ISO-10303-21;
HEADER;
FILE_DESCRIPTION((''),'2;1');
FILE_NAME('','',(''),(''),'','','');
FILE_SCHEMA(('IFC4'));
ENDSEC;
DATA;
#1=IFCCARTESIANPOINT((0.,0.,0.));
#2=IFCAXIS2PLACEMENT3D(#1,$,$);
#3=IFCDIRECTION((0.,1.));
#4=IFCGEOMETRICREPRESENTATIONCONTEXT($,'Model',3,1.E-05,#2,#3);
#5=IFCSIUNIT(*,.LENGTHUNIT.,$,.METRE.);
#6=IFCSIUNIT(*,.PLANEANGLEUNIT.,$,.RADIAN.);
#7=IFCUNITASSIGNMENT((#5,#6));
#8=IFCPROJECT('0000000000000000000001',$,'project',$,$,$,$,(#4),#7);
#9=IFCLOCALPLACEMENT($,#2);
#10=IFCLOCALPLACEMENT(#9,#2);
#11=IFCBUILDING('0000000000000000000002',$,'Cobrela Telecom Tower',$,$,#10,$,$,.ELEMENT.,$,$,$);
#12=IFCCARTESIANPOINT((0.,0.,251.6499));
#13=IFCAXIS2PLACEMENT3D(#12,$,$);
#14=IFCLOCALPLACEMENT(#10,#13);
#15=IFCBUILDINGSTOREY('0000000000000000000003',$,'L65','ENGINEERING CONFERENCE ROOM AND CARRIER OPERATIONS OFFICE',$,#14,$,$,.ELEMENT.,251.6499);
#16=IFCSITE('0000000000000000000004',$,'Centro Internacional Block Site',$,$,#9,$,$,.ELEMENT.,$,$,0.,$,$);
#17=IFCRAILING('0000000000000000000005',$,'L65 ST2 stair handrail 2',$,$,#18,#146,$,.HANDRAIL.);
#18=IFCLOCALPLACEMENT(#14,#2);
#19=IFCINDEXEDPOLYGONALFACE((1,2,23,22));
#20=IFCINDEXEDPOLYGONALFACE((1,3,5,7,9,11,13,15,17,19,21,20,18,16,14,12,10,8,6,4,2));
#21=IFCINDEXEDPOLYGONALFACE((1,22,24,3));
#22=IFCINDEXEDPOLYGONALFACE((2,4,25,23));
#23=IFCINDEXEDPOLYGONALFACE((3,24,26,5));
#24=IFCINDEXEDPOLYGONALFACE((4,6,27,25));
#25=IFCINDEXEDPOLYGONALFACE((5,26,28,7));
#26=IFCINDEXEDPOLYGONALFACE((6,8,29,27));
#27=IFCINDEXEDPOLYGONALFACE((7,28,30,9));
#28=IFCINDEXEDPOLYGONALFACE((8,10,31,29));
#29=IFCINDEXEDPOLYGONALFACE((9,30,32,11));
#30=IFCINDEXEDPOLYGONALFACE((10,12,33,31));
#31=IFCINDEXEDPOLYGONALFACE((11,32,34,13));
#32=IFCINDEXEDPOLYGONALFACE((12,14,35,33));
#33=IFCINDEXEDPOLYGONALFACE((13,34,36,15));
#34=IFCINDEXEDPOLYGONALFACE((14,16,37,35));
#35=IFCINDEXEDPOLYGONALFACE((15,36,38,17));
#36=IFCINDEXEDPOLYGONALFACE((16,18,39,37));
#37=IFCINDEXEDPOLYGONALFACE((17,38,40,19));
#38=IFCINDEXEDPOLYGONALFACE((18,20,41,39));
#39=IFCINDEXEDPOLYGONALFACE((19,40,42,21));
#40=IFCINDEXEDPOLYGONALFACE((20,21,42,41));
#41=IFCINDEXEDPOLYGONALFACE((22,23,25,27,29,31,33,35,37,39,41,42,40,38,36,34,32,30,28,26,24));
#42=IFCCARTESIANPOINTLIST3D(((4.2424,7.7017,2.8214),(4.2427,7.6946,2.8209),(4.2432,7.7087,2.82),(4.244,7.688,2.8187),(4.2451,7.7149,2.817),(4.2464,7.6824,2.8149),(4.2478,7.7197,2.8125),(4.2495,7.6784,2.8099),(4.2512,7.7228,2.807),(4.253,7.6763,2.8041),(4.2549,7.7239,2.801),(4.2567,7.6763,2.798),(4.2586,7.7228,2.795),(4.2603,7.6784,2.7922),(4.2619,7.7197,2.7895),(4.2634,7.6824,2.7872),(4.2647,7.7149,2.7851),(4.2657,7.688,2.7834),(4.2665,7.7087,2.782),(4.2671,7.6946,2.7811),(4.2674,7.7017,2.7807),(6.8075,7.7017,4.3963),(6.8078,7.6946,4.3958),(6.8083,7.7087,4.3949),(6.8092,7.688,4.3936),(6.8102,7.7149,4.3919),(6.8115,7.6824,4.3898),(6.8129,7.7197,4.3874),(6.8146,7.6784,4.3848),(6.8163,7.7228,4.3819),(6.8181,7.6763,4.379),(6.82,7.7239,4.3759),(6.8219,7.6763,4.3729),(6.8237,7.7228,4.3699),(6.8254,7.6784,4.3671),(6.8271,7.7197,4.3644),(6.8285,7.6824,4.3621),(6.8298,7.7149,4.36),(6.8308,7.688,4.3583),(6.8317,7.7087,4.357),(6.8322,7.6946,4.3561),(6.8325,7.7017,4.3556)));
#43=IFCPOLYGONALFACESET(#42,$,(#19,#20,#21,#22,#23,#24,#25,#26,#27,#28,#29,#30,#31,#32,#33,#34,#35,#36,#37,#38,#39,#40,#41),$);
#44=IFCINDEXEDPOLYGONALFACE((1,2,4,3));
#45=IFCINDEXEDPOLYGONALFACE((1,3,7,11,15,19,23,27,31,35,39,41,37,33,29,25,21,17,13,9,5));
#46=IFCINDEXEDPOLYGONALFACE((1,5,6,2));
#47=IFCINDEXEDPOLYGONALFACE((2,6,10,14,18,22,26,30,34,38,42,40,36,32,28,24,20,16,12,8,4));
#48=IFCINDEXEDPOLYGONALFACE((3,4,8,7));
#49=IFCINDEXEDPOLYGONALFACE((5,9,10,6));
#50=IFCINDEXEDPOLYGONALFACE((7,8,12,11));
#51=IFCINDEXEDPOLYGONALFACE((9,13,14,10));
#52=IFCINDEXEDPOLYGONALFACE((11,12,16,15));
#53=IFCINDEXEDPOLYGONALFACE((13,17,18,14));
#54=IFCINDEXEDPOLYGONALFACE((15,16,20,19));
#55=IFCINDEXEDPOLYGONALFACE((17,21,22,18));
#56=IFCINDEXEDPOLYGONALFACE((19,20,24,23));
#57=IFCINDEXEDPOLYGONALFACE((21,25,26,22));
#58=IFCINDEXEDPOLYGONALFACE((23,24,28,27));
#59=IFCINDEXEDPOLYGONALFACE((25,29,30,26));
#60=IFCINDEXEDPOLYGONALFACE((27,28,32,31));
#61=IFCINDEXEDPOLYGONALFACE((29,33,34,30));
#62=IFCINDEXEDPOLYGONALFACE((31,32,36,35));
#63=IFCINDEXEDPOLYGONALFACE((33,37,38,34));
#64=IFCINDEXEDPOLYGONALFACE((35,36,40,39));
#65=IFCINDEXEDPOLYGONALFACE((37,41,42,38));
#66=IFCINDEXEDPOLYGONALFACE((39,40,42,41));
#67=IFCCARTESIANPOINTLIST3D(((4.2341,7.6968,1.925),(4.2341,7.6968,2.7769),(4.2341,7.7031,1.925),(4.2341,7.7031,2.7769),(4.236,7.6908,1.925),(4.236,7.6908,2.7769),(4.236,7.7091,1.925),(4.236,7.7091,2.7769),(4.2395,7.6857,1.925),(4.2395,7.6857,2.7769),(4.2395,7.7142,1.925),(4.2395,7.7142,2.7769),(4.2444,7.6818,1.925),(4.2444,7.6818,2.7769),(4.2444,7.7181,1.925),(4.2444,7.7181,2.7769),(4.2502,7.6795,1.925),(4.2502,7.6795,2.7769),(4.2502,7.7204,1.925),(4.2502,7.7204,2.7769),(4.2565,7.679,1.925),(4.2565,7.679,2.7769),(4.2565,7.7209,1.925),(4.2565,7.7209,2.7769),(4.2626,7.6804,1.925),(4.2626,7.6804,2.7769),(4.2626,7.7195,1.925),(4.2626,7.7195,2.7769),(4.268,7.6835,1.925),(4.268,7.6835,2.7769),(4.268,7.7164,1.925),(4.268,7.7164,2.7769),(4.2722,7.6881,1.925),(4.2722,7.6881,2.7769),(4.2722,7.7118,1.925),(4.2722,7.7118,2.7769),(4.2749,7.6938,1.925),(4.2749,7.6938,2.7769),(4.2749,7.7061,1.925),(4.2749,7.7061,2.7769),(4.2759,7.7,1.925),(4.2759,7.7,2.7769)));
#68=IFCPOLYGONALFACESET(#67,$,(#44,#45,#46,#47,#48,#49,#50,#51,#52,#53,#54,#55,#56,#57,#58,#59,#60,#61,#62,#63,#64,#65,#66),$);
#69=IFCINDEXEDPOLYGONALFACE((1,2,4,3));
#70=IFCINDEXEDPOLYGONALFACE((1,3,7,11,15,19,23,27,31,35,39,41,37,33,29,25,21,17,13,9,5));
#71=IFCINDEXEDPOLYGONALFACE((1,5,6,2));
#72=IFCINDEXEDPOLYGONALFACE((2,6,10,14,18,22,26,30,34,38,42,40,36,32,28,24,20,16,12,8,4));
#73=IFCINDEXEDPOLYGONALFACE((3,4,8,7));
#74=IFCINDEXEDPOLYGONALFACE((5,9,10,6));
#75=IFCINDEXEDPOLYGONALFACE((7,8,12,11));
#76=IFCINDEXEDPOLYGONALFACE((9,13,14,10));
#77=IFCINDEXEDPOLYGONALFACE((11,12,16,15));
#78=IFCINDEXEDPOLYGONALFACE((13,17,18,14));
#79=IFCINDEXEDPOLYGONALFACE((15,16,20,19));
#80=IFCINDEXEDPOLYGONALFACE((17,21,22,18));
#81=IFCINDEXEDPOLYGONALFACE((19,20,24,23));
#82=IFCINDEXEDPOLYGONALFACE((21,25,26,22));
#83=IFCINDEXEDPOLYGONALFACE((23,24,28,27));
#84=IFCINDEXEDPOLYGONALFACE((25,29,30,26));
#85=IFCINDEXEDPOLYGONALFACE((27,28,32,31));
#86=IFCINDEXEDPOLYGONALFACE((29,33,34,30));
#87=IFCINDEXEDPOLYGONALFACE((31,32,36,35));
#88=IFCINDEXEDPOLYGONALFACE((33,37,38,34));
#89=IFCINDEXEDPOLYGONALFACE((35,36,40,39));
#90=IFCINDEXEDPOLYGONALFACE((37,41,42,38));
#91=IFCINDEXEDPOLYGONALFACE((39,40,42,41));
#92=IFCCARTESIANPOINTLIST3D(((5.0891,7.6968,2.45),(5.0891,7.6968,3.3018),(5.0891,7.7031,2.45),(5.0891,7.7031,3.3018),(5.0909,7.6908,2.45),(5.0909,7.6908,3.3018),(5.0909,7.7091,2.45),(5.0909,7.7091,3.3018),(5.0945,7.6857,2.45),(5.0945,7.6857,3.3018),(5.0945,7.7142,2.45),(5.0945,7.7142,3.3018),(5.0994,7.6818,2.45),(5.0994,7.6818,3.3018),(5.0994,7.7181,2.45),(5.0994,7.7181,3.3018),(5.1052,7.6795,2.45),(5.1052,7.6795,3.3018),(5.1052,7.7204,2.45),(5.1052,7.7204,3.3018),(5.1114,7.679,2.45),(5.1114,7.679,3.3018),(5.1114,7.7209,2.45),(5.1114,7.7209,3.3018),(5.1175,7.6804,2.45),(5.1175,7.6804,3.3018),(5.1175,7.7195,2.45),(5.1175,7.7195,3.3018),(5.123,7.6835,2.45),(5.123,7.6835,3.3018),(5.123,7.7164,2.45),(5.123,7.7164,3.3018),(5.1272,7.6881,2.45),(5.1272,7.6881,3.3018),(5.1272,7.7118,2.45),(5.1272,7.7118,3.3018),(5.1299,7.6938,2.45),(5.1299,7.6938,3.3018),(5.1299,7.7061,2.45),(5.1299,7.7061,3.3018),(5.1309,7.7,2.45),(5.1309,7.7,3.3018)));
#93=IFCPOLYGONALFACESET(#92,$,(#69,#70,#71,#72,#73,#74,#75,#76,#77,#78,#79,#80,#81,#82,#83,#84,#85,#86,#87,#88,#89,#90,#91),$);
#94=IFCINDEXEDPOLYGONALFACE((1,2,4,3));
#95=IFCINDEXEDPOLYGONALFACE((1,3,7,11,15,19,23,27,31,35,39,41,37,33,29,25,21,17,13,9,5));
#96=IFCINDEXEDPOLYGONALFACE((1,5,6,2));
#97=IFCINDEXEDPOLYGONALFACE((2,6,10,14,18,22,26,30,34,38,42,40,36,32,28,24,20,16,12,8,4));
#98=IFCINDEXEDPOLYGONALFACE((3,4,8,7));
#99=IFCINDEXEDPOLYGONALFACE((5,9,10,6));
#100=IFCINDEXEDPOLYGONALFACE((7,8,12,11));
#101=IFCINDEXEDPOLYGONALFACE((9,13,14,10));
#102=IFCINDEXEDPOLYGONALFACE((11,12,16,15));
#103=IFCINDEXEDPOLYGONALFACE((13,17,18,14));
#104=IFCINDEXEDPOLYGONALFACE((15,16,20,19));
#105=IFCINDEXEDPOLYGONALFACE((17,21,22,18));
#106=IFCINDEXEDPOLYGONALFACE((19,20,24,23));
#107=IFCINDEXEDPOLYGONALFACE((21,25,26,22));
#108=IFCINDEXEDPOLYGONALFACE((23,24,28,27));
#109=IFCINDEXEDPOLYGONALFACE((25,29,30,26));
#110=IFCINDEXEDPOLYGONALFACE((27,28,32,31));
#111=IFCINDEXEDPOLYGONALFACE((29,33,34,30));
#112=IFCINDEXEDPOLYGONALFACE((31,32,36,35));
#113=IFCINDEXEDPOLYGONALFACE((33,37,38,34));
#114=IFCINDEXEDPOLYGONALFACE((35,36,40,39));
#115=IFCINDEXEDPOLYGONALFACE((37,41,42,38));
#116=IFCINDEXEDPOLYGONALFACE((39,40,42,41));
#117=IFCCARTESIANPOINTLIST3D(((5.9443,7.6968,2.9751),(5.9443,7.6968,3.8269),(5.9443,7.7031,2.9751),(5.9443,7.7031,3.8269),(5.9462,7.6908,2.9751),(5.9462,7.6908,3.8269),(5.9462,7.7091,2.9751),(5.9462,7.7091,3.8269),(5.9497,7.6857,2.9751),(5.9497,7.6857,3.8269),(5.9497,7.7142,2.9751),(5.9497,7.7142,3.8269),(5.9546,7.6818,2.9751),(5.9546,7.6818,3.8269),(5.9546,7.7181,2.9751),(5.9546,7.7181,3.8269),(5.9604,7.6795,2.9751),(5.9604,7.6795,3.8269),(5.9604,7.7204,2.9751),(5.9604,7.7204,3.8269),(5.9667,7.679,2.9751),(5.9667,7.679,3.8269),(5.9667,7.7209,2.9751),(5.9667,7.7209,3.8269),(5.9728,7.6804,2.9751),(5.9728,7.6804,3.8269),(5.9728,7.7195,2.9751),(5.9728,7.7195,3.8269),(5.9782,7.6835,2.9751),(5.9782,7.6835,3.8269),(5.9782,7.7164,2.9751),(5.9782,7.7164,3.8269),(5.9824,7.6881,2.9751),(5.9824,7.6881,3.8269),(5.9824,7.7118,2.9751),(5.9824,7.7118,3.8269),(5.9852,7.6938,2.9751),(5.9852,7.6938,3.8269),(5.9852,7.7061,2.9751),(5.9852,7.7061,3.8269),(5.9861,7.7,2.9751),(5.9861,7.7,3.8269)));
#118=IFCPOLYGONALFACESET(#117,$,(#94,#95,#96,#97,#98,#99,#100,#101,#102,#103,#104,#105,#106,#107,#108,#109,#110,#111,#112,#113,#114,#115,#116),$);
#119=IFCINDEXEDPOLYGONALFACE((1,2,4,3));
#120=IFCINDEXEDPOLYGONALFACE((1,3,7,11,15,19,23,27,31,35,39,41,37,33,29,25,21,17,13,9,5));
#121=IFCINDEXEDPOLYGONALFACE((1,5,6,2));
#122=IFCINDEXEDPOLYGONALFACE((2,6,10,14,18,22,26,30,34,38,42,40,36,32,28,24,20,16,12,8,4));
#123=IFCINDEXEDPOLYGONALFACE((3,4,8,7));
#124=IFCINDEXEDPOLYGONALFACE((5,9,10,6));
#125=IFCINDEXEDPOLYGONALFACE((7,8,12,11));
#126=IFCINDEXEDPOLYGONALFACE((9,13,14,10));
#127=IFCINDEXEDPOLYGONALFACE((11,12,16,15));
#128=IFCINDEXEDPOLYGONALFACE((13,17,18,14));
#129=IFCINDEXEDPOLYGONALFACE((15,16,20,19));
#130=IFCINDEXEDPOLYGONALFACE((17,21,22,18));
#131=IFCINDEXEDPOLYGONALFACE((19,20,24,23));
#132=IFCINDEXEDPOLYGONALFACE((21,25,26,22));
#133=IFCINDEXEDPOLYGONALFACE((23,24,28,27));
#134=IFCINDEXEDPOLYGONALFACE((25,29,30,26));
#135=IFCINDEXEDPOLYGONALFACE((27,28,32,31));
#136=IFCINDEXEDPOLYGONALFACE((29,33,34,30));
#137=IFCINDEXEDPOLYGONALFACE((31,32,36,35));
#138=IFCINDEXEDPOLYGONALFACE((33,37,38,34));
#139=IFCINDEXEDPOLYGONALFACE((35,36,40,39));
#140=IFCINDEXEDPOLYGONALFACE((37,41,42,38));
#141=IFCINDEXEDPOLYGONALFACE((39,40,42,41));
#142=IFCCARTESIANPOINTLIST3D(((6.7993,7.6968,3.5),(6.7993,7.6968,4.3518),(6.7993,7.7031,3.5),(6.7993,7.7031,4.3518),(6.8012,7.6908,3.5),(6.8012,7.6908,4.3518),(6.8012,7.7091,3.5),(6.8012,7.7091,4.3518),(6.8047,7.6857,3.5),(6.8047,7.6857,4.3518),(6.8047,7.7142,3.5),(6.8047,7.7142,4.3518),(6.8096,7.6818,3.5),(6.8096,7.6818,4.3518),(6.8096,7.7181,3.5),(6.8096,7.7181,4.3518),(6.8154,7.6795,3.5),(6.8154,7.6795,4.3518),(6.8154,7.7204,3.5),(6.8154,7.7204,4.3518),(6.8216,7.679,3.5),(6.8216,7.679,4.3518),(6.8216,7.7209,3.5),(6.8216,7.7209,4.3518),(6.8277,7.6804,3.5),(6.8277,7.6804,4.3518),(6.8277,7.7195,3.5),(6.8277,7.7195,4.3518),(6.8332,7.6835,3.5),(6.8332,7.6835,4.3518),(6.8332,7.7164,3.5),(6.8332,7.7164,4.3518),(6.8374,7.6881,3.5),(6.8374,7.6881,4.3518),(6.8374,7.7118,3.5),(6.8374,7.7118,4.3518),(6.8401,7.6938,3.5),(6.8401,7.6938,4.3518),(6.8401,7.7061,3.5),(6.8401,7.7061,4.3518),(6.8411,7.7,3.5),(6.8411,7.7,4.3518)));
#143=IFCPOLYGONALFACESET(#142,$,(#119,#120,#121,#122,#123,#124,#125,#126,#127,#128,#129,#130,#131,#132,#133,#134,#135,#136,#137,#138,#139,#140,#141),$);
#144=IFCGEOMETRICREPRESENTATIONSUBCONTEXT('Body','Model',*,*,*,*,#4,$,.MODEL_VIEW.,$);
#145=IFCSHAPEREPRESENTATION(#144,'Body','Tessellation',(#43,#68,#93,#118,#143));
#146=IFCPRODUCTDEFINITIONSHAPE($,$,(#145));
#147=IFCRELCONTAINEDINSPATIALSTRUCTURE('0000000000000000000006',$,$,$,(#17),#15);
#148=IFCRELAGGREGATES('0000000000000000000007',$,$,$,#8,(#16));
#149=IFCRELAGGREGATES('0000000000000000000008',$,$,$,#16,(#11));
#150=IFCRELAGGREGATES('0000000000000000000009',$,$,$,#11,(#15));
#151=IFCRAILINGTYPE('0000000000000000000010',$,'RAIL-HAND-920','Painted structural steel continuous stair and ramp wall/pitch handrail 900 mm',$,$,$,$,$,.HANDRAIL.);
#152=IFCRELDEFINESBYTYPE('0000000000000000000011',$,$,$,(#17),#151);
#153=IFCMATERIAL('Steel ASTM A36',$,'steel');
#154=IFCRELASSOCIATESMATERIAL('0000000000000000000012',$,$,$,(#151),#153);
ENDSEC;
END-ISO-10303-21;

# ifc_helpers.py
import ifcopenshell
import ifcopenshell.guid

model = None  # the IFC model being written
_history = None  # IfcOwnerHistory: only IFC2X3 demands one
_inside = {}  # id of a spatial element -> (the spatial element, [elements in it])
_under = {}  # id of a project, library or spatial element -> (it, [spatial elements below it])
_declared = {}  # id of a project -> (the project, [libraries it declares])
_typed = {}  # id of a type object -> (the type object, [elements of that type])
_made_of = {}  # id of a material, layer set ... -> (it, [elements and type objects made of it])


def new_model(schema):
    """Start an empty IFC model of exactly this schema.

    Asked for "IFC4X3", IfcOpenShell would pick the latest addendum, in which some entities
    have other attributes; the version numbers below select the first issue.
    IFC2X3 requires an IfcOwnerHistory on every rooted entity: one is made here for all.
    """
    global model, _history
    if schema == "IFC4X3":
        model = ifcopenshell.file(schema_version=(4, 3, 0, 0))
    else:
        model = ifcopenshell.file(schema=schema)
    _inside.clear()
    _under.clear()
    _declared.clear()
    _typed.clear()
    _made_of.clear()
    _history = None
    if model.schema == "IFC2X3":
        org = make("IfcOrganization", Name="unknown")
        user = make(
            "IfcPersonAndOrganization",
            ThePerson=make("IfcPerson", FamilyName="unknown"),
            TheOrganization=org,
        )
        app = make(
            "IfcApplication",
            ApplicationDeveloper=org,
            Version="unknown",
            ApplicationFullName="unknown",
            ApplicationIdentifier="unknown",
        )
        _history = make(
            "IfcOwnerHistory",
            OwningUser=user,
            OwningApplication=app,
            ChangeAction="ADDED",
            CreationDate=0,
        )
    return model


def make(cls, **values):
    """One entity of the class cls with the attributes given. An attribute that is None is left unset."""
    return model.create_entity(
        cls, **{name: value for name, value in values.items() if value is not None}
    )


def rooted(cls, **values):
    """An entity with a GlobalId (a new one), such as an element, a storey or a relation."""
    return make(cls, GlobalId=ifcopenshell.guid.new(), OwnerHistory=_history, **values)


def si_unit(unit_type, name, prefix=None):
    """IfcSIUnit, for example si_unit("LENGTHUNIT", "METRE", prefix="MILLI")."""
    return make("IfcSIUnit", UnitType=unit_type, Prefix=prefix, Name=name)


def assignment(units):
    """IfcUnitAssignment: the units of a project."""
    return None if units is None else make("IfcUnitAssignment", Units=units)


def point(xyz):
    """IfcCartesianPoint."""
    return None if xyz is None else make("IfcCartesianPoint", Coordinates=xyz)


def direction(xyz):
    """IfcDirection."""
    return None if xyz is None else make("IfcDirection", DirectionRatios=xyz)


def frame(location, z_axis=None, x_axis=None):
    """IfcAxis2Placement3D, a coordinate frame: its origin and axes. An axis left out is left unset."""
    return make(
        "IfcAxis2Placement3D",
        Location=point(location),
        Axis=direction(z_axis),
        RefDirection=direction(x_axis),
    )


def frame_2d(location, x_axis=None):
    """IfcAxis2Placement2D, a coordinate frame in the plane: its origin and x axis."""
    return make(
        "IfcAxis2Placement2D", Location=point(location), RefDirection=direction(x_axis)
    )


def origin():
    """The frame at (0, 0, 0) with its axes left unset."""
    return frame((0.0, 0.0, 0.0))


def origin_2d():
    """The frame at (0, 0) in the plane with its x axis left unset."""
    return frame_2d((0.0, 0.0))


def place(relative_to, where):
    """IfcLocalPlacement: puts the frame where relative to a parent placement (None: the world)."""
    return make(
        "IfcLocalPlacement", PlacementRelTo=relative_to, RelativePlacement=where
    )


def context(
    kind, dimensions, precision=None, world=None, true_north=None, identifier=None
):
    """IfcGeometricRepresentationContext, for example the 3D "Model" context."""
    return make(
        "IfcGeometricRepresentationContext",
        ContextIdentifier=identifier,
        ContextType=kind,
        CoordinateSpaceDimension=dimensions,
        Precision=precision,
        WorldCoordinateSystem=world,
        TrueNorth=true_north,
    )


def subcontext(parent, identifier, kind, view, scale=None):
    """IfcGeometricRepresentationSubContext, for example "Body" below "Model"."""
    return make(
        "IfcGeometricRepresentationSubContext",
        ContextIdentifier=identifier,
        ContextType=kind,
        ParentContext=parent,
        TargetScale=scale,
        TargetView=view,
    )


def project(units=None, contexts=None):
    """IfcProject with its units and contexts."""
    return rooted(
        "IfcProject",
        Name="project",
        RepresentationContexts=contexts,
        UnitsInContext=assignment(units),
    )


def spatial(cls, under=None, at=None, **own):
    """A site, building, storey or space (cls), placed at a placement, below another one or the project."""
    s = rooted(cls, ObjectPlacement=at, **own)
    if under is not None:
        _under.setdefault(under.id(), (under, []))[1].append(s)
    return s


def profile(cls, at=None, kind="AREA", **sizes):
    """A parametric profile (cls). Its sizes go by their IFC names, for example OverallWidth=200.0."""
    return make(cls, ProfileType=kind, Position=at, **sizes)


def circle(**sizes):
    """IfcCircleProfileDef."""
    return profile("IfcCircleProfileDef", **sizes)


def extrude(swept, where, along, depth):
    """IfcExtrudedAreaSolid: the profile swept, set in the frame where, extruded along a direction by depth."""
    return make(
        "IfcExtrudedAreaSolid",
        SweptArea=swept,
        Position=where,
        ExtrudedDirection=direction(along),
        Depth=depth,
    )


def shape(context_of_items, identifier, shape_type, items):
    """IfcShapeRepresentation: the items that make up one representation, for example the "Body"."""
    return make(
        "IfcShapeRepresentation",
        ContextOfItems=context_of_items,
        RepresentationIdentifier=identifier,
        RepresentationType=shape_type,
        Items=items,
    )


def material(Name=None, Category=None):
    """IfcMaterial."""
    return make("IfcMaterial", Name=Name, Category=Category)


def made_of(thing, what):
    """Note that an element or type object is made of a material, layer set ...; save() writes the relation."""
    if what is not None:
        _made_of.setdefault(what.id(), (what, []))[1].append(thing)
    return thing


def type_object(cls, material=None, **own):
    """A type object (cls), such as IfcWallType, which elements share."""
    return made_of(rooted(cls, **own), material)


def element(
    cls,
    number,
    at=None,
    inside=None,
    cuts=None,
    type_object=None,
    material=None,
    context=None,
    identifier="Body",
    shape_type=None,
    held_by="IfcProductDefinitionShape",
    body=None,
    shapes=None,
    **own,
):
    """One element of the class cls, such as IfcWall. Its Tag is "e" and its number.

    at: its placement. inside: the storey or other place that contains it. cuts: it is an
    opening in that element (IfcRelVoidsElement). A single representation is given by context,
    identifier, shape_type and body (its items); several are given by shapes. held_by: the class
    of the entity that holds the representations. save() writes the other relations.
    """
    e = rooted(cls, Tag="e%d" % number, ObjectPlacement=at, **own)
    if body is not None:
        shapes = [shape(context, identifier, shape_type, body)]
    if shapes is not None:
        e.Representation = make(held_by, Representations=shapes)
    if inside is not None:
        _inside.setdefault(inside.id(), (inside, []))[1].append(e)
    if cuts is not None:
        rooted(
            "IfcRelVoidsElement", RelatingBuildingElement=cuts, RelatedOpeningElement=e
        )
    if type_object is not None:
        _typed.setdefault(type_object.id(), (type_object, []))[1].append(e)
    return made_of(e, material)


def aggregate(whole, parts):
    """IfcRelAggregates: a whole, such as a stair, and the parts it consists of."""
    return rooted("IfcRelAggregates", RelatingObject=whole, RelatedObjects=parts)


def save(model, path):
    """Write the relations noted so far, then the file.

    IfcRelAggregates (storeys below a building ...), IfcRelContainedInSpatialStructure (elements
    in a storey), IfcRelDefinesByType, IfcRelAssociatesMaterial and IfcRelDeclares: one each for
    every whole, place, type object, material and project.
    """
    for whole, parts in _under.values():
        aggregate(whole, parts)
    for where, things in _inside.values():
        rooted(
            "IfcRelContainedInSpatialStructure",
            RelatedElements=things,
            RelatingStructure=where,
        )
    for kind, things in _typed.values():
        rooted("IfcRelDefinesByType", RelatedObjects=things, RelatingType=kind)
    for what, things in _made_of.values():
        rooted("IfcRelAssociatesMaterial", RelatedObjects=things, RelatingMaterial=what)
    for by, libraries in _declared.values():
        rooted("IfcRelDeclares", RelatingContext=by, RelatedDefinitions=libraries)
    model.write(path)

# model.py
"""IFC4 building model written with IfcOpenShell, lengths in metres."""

from ifc_helpers import new_model, si_unit, direction, frame, origin, origin_2d, place, context, subcontext, project, spatial, circle, extrude, material, type_object, element, save


model = new_model("IFC4")

# Units and contexts
model_context = context("Model", 3, precision=1e-05, world=origin(), true_north=direction((0.0, 1.0)))
body_context = subcontext(model_context, "Body", "Model", "MODEL_VIEW")
ifc_project = project(units=[si_unit("LENGTHUNIT", "METRE"), si_unit("PLANEANGLEUNIT", "RADIAN")], contexts=[model_context])

# Site, building, storey
site_placement = place(None, origin())
site = spatial("IfcSite", under=ifc_project, at=site_placement, Name="Centro Internacional Block Site", CompositionType="ELEMENT", RefElevation=0.0)
building_placement = place(site_placement, origin())
building = spatial("IfcBuilding", under=site, at=building_placement, Name="Cobrela Telecom Tower", CompositionType="ELEMENT")
storey_placement = place(building_placement, frame((0.0, 0.0, 251.6499)))
storey = spatial("IfcBuildingStorey", under=building, at=storey_placement, Name="L65", Description="ENGINEERING CONFERENCE ROOM AND CARRIER OPERATIONS OFFICE", CompositionType="ELEMENT", Elevation=251.6499)

# Shared definitions
ifc_material_1 = material(Name="Steel ASTM A36", Category="steel")

# Railing
railing_type_1 = type_object("IfcRailingType", Name="RAIL-HAND-920", Description="Painted structural steel continuous stair and ramp wall/pitch handrail 900 mm", PredefinedType="HANDRAIL", material=ifc_material_1)
railing_1_placement = place(storey_placement, frame((4.2549, 7.7, 1.925)))
element("IfcRailing", 1, at=railing_1_placement, inside=storey, type_object=railing_type_1, Name="L65 ST2 stair handrail 2", PredefinedType="HANDRAIL", context=body_context, shape_type="SweptSolid", body=[
    extrude(circle(Radius=0.0239, at=origin_2d()), frame((0.0, 0.0, 0.876), z_axis=(0.852195, 0.0, 0.523224), x_axis=(0.0, 1.0, 0.0)), (0.0, 0.0, 1.0), 3.01),
    extrude(circle(Radius=0.021, at=origin_2d()), origin(), (0.0, 0.0, 1.0), 0.8518),
    extrude(circle(Radius=0.021, at=origin_2d()), frame((0.855, 0.0, 0.5249)), (0.0, 0.0, 1.0), 0.8518),
    extrude(circle(Radius=0.021, at=origin_2d()), frame((1.7102, 0.0, 1.05)), (0.0, 0.0, 1.0), 0.8518),
    extrude(circle(Radius=0.021, at=origin_2d()), frame((2.5652, 0.0, 1.575)), (0.0, 0.0, 1.0), 0.8518),
])

save(model, "model.ifc")
